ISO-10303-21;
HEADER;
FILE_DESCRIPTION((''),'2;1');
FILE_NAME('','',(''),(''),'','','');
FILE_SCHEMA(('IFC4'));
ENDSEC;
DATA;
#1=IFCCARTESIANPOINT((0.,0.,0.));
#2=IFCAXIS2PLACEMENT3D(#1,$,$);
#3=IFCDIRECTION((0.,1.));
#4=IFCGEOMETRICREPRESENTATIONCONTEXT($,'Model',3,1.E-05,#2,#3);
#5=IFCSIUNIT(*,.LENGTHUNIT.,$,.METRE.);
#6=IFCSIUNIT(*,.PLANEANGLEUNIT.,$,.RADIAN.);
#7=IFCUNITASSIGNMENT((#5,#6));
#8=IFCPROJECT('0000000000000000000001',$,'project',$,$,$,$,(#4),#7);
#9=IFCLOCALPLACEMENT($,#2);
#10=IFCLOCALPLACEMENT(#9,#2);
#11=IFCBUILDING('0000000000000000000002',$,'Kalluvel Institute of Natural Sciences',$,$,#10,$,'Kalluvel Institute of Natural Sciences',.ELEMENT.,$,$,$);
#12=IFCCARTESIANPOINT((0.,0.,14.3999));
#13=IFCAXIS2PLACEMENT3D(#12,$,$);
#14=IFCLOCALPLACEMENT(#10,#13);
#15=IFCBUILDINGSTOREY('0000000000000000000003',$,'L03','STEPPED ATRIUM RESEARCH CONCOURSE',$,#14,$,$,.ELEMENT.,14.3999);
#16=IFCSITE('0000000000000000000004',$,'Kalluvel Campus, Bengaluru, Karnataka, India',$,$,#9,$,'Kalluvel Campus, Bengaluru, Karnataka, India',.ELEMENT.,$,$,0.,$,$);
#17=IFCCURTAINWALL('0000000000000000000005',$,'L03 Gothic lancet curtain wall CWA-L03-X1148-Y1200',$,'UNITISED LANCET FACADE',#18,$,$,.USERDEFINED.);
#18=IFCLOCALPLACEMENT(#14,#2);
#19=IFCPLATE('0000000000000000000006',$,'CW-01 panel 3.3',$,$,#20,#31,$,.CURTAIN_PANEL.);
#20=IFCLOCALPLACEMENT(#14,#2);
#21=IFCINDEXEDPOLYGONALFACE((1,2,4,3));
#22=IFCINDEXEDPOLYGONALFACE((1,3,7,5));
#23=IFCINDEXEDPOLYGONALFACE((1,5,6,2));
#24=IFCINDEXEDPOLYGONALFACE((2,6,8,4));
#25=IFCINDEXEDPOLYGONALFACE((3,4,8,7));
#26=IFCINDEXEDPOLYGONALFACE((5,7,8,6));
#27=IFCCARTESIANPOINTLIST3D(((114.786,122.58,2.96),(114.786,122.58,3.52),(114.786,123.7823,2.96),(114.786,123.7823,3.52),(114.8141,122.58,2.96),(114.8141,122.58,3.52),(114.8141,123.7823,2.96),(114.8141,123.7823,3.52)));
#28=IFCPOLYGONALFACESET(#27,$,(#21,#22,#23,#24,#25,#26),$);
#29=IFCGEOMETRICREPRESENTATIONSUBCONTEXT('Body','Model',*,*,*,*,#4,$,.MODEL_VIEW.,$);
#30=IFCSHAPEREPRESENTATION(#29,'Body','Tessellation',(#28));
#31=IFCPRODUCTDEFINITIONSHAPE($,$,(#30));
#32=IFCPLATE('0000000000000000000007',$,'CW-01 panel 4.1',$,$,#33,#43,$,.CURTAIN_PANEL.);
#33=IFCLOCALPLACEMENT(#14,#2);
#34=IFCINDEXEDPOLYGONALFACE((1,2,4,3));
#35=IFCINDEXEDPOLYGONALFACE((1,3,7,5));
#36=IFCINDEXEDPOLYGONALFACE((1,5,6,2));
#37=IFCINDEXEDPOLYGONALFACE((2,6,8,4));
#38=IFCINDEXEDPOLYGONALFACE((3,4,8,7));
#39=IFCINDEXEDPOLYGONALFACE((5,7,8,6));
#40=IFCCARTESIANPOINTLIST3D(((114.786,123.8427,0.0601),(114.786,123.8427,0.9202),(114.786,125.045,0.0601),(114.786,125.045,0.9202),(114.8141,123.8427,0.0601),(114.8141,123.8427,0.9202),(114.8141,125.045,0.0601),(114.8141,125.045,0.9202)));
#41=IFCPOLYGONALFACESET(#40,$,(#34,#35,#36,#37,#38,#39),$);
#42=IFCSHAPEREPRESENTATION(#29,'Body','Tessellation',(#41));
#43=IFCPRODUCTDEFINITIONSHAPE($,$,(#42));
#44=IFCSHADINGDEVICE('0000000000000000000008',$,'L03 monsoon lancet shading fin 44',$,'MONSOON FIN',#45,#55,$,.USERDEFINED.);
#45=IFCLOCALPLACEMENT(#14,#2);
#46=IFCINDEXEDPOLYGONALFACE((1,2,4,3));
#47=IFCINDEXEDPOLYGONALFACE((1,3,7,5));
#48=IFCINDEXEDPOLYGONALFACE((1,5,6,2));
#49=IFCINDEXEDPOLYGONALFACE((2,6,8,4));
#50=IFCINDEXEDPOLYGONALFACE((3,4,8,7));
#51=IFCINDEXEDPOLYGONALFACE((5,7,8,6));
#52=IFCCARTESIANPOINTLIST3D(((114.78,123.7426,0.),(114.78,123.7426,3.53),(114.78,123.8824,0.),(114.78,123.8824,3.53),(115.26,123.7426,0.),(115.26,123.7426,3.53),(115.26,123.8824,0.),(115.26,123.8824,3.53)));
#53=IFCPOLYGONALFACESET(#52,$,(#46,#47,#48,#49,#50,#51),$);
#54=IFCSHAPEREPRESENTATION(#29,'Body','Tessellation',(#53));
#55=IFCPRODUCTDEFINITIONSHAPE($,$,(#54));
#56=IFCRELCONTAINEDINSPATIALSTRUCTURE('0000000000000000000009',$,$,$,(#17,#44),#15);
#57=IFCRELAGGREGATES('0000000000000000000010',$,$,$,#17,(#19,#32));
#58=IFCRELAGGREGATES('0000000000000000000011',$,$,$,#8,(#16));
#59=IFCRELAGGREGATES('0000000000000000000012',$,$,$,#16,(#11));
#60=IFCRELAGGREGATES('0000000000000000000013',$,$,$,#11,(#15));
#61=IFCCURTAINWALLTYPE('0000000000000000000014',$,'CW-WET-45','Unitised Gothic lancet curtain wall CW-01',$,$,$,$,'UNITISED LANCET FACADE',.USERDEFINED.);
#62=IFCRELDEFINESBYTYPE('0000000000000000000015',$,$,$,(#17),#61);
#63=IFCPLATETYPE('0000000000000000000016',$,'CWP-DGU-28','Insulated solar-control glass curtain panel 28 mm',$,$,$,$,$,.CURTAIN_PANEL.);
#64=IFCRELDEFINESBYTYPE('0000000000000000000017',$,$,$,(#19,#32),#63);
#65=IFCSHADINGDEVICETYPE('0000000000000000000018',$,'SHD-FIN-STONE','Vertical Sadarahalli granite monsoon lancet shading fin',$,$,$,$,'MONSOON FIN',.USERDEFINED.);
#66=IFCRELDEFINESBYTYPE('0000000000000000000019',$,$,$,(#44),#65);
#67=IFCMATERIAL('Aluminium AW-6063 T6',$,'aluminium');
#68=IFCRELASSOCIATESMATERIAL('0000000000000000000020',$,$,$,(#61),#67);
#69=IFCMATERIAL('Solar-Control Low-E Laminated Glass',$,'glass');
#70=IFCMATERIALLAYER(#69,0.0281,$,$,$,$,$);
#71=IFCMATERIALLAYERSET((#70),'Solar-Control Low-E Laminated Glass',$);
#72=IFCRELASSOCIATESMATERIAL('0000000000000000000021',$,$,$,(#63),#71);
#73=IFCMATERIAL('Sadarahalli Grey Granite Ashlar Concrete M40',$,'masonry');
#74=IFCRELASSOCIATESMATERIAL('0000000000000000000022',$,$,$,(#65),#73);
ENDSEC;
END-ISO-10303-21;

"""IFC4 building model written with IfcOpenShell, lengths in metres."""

from ifc_helpers import new_model, si_unit, direction, frame, origin, origin_2d, place, context, subcontext, project, spatial, rectangle, extrude, material, layer, layer_set, type_object, element, aggregate, save


model = new_model("IFC4")

# Units and contexts
model_context = context("Model", 3, precision=1e-05, world=origin(), true_north=direction((0.0, 1.0)))
body_context = subcontext(model_context, "Body", "Model", "MODEL_VIEW")
ifc_project = project(units=[si_unit("LENGTHUNIT", "METRE"), si_unit("PLANEANGLEUNIT", "RADIAN")], contexts=[model_context])

# Site, building, storey
site_placement = place(None, origin())
site = spatial("IfcSite", under=ifc_project, at=site_placement, Name="Kalluvel Campus, Bengaluru, Karnataka, India", LongName="Kalluvel Campus, Bengaluru, Karnataka, India", CompositionType="ELEMENT", RefElevation=0.0)
building_placement = place(site_placement, origin())
building = spatial("IfcBuilding", under=site, at=building_placement, Name="Kalluvel Institute of Natural Sciences", LongName="Kalluvel Institute of Natural Sciences", CompositionType="ELEMENT")
storey_placement = place(building_placement, frame((0.0, 0.0, 14.3999)))
storey = spatial("IfcBuildingStorey", under=building, at=storey_placement, Name="L03", Description="STEPPED ATRIUM RESEARCH CONCOURSE", CompositionType="ELEMENT", Elevation=14.3999)

# Curtain wall, plates
ifc_material_1 = material(Name="Aluminium AW-6063 T6", Category="aluminium")
curtain_wall_type = type_object("IfcCurtainWallType", Name="CW-WET-45", Description="Unitised Gothic lancet curtain wall CW-01", ElementType="UNITISED LANCET FACADE", PredefinedType="USERDEFINED", material=ifc_material_1)
curtain_wall_placement = place(storey_placement, origin())
curtain_wall = element("IfcCurtainWall", 1, at=curtain_wall_placement, inside=storey, type_object=curtain_wall_type, Name="L03 Gothic lancet curtain wall CWA-L03-X1148-Y1200", ObjectType="UNITISED LANCET FACADE", PredefinedType="USERDEFINED")
ifc_material_2 = material(Name="Solar-Control Low-E Laminated Glass", Category="glass")
ifc_layer = layer(ifc_material_2, 0.0281)
ifc_layer_set = layer_set([ifc_layer], Name="Solar-Control Low-E Laminated Glass")
plate_type = type_object("IfcPlateType", Name="CWP-DGU-28", Description="Insulated solar-control glass curtain panel 28 mm", PredefinedType="CURTAIN_PANEL", material=ifc_layer_set)
plate_1_placement = place(storey_placement, frame((114.8, 123.1812, 2.96), z_axis=(0.0, 0.0, 1.0), x_axis=(0.0, 1.0, 0.0)))
plate_1 = element("IfcPlate", 2, at=plate_1_placement, type_object=plate_type, Name="CW-01 panel 3.3", PredefinedType="CURTAIN_PANEL", context=body_context, shape_type="SweptSolid", body=[
    extrude(rectangle(XDim=1.2024, YDim=0.0281, at=origin_2d()), origin(), (0.0, 0.0, 1.0), 0.5601),
])
plate_2_placement = place(storey_placement, frame((114.8, 124.4438, 0.0601), z_axis=(0.0, 0.0, 1.0), x_axis=(0.0, 1.0, 0.0)))
plate_2 = element("IfcPlate", 3, at=plate_2_placement, type_object=plate_type, Name="CW-01 panel 4.1", PredefinedType="CURTAIN_PANEL", context=body_context, shape_type="SweptSolid", body=[
    extrude(rectangle(XDim=1.2024, YDim=0.0281, at=origin_2d()), origin(), (0.0, 0.0, 1.0), 0.8601),
])
aggregate(curtain_wall, [plate_1, plate_2])

# Shading device
ifc_material_3 = material(Name="Sadarahalli Grey Granite Ashlar Concrete M40", Category="masonry")
shading_device_type = type_object("IfcShadingDeviceType", Name="SHD-FIN-STONE", Description="Vertical Sadarahalli granite monsoon lancet shading fin", ElementType="MONSOON FIN", PredefinedType="USERDEFINED", material=ifc_material_3)
shading_device_placement = place(storey_placement, frame((115.02, 123.8125, 0.0), z_axis=(0.0, 0.0, 1.0), x_axis=(0.0, 1.0, 0.0)))
element("IfcShadingDevice", 4, at=shading_device_placement, inside=storey, type_object=shading_device_type, Name="L03 monsoon lancet shading fin 44", ObjectType="MONSOON FIN", PredefinedType="USERDEFINED", context=body_context, shape_type="SweptSolid", body=[
    extrude(rectangle(XDim=0.1399, YDim=0.48, at=origin_2d()), origin(), (0.0, 0.0, 1.0), 3.53),
])

save(model, "model.ifc")
